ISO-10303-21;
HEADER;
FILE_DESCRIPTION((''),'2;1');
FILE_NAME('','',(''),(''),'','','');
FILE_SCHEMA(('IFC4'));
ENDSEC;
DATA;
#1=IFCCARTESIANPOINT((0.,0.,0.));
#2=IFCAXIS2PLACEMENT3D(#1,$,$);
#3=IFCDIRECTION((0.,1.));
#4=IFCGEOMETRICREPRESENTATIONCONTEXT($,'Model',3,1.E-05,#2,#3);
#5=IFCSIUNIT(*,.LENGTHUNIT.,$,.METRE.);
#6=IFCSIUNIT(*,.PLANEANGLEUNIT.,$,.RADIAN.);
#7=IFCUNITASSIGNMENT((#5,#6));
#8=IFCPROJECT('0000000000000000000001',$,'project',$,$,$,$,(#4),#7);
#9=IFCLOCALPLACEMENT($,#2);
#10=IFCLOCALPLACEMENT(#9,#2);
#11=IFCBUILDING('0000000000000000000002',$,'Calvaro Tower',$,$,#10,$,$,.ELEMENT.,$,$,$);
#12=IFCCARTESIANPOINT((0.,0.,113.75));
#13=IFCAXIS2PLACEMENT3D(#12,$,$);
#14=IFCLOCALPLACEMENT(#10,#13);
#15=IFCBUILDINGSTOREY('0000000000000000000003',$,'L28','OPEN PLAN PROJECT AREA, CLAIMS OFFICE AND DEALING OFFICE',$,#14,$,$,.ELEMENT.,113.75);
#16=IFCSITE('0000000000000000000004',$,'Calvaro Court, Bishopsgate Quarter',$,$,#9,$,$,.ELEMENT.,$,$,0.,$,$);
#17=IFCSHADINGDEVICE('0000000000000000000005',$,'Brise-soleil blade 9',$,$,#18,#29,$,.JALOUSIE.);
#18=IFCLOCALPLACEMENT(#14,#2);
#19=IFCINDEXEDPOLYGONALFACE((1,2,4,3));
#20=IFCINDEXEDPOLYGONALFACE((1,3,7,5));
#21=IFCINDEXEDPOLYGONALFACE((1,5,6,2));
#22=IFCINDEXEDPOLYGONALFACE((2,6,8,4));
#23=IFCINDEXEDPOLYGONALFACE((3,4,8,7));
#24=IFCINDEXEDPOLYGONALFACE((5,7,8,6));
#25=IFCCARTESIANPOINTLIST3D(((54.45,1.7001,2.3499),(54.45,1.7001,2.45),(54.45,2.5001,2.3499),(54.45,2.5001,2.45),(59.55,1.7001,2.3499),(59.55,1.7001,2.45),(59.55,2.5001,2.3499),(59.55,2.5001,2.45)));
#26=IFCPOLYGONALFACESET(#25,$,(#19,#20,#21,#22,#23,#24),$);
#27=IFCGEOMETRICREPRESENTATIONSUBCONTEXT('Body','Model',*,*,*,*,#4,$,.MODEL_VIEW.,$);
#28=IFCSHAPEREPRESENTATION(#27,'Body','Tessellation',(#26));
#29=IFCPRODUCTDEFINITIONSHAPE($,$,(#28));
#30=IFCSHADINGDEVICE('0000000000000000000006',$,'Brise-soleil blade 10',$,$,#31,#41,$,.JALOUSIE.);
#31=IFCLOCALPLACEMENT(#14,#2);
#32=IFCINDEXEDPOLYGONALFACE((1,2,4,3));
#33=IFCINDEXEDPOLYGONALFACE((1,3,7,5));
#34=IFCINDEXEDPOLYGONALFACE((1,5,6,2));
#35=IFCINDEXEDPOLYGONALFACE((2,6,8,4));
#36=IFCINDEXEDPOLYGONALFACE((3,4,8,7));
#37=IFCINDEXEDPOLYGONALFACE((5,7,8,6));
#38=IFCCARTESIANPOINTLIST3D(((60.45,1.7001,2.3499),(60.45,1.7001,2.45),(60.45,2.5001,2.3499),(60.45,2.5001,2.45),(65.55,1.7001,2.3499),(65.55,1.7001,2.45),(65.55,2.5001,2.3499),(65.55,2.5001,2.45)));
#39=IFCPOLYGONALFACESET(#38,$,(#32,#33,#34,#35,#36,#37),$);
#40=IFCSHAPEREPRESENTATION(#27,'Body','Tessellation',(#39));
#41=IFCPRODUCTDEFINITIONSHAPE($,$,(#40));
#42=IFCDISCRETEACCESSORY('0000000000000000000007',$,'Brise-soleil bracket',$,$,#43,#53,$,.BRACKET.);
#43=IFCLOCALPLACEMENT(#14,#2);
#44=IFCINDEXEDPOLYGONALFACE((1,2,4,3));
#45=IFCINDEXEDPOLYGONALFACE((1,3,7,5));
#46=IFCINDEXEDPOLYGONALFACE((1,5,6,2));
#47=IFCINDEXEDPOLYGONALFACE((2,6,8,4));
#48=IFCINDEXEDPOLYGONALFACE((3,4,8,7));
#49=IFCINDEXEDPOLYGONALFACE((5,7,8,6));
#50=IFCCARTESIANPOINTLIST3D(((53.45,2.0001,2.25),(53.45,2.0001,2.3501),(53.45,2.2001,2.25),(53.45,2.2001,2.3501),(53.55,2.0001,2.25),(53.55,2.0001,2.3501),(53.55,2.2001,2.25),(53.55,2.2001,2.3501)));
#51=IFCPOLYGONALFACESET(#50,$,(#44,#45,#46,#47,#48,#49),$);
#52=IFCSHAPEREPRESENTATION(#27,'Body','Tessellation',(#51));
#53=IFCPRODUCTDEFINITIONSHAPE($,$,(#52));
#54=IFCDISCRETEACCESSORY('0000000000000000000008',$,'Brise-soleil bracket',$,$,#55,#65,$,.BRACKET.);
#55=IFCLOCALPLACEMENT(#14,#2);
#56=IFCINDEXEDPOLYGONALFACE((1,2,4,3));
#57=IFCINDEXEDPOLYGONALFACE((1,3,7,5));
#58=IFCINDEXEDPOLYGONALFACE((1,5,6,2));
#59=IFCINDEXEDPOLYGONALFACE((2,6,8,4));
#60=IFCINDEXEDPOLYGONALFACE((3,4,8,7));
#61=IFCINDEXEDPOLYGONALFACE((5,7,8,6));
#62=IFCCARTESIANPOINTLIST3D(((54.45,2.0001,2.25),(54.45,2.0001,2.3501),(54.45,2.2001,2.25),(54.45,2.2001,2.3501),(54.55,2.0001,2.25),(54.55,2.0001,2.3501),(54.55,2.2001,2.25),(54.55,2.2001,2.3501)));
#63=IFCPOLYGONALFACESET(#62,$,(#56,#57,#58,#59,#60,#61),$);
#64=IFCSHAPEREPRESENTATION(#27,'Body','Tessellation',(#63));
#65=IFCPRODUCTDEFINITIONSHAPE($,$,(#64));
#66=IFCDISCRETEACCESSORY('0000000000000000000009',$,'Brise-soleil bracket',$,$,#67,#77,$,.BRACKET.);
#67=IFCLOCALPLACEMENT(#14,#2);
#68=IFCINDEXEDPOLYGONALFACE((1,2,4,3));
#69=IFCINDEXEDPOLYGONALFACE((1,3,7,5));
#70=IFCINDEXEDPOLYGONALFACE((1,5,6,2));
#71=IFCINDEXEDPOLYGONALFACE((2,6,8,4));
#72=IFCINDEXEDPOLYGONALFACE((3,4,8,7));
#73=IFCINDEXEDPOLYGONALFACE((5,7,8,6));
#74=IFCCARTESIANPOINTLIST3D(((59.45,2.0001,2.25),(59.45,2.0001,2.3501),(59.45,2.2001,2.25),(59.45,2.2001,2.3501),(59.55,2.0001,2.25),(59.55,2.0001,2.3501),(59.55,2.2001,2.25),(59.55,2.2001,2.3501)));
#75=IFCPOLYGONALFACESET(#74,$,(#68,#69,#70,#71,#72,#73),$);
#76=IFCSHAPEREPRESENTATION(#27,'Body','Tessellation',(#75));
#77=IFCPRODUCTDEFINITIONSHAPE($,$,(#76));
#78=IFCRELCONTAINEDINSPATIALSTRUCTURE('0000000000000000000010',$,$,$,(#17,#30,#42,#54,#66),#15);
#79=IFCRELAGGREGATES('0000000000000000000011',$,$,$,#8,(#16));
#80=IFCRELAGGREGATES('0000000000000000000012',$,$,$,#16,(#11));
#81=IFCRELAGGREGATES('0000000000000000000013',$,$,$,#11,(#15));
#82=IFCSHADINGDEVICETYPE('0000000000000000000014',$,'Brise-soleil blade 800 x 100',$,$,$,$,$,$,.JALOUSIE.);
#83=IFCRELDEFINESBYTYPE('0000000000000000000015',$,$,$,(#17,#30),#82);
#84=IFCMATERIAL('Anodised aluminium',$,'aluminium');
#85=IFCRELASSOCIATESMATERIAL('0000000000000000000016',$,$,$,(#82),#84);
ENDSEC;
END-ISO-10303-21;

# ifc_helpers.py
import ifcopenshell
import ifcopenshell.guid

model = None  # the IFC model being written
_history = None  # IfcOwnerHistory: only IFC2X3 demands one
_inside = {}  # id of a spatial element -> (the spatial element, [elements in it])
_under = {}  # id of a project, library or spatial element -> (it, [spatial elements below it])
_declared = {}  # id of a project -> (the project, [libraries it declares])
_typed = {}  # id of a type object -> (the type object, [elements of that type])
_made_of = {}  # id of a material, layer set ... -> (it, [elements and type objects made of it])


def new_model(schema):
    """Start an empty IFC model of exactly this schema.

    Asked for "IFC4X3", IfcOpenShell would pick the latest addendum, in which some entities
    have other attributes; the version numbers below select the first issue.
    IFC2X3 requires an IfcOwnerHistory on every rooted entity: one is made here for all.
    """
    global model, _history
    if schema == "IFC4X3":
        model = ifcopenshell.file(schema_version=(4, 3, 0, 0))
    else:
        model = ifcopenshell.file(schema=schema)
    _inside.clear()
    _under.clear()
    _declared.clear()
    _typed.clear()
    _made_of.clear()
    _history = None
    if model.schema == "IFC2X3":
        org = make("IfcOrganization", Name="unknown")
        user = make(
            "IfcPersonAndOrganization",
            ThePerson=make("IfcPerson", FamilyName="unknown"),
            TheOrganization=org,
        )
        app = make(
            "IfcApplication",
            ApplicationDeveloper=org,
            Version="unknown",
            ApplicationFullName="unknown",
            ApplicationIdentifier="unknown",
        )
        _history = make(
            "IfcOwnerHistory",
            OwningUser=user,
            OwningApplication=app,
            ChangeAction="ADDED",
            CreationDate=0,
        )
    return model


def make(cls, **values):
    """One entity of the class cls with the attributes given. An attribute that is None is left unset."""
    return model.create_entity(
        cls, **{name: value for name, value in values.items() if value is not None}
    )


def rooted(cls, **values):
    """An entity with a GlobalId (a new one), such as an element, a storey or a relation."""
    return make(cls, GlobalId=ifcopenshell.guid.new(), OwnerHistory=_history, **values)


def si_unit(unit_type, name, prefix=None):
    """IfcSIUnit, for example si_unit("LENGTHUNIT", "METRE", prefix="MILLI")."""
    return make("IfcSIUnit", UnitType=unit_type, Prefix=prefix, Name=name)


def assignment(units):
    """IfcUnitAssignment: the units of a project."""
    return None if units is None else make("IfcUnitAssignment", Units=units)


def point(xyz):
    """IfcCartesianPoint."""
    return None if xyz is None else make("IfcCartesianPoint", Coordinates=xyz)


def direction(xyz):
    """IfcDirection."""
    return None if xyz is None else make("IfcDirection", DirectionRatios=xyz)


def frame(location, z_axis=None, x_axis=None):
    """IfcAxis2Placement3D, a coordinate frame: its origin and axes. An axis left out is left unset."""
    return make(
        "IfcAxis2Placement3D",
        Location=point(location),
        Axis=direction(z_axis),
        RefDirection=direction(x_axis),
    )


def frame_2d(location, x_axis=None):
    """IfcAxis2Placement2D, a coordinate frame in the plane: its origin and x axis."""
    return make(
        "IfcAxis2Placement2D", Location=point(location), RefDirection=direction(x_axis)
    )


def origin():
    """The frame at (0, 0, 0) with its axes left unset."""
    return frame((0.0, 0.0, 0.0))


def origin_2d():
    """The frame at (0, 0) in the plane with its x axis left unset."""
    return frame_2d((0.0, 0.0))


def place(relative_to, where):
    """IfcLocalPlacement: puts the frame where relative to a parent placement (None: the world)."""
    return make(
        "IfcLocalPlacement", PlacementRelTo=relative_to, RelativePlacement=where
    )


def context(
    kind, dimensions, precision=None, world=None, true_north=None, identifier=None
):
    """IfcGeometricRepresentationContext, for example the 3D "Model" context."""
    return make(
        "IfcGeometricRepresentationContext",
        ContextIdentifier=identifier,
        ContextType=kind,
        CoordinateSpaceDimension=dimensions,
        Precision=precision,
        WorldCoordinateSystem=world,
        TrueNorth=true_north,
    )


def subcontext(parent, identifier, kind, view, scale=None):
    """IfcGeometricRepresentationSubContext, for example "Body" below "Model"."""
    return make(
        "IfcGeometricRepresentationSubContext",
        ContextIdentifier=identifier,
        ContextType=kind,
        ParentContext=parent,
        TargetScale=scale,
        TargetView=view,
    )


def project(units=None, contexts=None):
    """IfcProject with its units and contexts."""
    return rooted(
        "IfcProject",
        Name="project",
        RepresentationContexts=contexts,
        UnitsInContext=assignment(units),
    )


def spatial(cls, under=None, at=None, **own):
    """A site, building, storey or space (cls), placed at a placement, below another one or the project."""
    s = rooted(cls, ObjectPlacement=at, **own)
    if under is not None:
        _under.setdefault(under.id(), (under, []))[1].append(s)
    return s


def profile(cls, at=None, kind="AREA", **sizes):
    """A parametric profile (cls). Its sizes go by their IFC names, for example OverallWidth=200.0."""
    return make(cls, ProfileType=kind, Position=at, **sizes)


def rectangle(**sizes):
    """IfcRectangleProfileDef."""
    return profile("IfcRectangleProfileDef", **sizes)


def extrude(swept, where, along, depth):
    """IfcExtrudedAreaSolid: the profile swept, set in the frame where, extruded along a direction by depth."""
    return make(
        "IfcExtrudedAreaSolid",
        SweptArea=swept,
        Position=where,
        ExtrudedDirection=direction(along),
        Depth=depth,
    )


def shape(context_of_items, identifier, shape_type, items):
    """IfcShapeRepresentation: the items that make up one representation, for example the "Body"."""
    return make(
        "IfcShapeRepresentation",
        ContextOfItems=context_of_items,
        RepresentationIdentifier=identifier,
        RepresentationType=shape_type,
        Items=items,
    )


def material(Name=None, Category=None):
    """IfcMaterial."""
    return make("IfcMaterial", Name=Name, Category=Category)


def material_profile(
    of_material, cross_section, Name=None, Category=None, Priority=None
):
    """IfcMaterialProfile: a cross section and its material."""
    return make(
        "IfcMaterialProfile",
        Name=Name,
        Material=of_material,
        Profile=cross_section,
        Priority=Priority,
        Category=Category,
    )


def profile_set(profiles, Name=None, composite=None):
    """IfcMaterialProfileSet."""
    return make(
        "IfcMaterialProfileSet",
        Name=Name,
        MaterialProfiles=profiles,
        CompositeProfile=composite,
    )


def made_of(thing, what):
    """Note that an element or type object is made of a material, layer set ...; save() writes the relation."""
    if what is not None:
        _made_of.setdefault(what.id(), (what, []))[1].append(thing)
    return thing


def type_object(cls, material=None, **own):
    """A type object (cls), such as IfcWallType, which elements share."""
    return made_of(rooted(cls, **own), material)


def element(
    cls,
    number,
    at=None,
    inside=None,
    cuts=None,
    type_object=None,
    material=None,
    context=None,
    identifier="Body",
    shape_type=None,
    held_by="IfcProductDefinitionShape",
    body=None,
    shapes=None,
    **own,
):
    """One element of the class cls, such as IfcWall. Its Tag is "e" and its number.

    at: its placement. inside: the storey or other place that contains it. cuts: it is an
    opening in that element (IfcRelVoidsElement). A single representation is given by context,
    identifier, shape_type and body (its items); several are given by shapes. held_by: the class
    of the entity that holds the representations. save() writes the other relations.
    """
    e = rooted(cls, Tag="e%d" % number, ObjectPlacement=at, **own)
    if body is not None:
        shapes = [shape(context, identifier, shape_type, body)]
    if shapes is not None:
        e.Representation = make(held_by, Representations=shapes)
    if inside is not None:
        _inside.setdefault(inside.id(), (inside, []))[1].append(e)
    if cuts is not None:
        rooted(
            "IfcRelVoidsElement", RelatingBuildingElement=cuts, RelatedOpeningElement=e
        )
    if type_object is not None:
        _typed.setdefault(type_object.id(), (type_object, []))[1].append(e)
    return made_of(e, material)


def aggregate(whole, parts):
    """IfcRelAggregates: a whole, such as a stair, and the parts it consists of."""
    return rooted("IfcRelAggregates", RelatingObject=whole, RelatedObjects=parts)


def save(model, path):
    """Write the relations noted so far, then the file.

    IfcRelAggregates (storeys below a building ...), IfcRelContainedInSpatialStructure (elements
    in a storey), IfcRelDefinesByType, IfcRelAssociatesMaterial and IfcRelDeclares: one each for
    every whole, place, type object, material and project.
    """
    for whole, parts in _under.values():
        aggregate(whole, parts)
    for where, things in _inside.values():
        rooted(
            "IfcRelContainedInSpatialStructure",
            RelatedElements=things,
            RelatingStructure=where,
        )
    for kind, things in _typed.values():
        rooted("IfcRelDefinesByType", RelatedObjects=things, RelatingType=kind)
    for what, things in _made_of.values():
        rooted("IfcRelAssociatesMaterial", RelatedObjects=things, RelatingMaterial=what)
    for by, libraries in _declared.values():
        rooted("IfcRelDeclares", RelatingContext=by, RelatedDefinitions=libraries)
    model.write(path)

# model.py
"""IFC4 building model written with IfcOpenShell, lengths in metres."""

from ifc_helpers import new_model, si_unit, direction, frame, origin, origin_2d, place, context, subcontext, project, spatial, rectangle, extrude, material, material_profile, profile_set, type_object, element, save


model = new_model("IFC4")

# Units and contexts
model_context = context("Model", 3, precision=1e-05, world=origin(), true_north=direction((0.0, 1.0)))
body_context = subcontext(model_context, "Body", "Model", "MODEL_VIEW")
ifc_project = project(units=[si_unit("LENGTHUNIT", "METRE"), si_unit("PLANEANGLEUNIT", "RADIAN")], contexts=[model_context])

# Site, building, storey
site_placement = place(None, origin())
site = spatial("IfcSite", under=ifc_project, at=site_placement, Name="Calvaro Court, Bishopsgate Quarter", CompositionType="ELEMENT", RefElevation=0.0)
building_placement = place(site_placement, origin())
building = spatial("IfcBuilding", under=site, at=building_placement, Name="Calvaro Tower", CompositionType="ELEMENT")
storey_placement = place(building_placement, frame((0.0, 0.0, 113.75)))
storey = spatial("IfcBuildingStorey", under=building, at=storey_placement, Name="L28", Description="OPEN PLAN PROJECT AREA, CLAIMS OFFICE AND DEALING OFFICE", CompositionType="ELEMENT", Elevation=113.75)

# Shading devices
ifc_material_1 = material(Name="Anodised aluminium", Category="aluminium")
ifc_material_profile_1 = material_profile(ifc_material_1, rectangle(XDim=0.8, YDim=0.1001, at=origin_2d()), Name="Brise-soleil blade 800 x 100")
ifc_profile_set_1 = profile_set([ifc_material_profile_1], Name="Anodised aluminium")
shading_device_type = type_object("IfcShadingDeviceType", Name="Brise-soleil blade 800 x 100", PredefinedType="JALOUSIE", material=ifc_profile_set_1)
for number, where, z_axis, x_axis, name in (
    (1, (54.45, 2.1001, 2.3999), (1.0, 0.0, 0.0), (0.0, 1.0, 0.0), "Brise-soleil blade 9"),
    (2, (60.45, 2.1001, 2.3999), (1.0, 0.0, 0.0), (0.0, 1.0, 0.0), "Brise-soleil blade 10"),
):
    element("IfcShadingDevice", number, at=place(storey_placement, frame(where, z_axis=z_axis, x_axis=x_axis)), inside=storey, type_object=shading_device_type, Name=name, PredefinedType="JALOUSIE", context=body_context, shape_type="SweptSolid", body=[
        extrude(rectangle(XDim=0.8, YDim=0.1001, at=origin_2d()), origin(), (0.0, 0.0, 1.0), 5.1001),
    ])

# Discrete accessories
for number, where, z_axis, x_axis, name in (
    (3, (53.5, 2.1001, 2.25), (0.0, 0.0, 1.0), (1.0, 0.0, 0.0), "Brise-soleil bracket"),
    (4, (54.5, 2.1001, 2.25), (0.0, 0.0, 1.0), (1.0, 0.0, 0.0), "Brise-soleil bracket"),
    (5, (59.5, 2.1001, 2.25), (0.0, 0.0, 1.0), (1.0, 0.0, 0.0), "Brise-soleil bracket"),
):
    element("IfcDiscreteAccessory", number, at=place(storey_placement, frame(where, z_axis=z_axis, x_axis=x_axis)), inside=storey, Name=name, PredefinedType="BRACKET", context=body_context, shape_type="SweptSolid", body=[
        extrude(rectangle(XDim=0.1001, YDim=0.2, at=origin_2d()), origin(), (0.0, 0.0, 1.0), 0.1001),
    ])

save(model, "model.ifc")
